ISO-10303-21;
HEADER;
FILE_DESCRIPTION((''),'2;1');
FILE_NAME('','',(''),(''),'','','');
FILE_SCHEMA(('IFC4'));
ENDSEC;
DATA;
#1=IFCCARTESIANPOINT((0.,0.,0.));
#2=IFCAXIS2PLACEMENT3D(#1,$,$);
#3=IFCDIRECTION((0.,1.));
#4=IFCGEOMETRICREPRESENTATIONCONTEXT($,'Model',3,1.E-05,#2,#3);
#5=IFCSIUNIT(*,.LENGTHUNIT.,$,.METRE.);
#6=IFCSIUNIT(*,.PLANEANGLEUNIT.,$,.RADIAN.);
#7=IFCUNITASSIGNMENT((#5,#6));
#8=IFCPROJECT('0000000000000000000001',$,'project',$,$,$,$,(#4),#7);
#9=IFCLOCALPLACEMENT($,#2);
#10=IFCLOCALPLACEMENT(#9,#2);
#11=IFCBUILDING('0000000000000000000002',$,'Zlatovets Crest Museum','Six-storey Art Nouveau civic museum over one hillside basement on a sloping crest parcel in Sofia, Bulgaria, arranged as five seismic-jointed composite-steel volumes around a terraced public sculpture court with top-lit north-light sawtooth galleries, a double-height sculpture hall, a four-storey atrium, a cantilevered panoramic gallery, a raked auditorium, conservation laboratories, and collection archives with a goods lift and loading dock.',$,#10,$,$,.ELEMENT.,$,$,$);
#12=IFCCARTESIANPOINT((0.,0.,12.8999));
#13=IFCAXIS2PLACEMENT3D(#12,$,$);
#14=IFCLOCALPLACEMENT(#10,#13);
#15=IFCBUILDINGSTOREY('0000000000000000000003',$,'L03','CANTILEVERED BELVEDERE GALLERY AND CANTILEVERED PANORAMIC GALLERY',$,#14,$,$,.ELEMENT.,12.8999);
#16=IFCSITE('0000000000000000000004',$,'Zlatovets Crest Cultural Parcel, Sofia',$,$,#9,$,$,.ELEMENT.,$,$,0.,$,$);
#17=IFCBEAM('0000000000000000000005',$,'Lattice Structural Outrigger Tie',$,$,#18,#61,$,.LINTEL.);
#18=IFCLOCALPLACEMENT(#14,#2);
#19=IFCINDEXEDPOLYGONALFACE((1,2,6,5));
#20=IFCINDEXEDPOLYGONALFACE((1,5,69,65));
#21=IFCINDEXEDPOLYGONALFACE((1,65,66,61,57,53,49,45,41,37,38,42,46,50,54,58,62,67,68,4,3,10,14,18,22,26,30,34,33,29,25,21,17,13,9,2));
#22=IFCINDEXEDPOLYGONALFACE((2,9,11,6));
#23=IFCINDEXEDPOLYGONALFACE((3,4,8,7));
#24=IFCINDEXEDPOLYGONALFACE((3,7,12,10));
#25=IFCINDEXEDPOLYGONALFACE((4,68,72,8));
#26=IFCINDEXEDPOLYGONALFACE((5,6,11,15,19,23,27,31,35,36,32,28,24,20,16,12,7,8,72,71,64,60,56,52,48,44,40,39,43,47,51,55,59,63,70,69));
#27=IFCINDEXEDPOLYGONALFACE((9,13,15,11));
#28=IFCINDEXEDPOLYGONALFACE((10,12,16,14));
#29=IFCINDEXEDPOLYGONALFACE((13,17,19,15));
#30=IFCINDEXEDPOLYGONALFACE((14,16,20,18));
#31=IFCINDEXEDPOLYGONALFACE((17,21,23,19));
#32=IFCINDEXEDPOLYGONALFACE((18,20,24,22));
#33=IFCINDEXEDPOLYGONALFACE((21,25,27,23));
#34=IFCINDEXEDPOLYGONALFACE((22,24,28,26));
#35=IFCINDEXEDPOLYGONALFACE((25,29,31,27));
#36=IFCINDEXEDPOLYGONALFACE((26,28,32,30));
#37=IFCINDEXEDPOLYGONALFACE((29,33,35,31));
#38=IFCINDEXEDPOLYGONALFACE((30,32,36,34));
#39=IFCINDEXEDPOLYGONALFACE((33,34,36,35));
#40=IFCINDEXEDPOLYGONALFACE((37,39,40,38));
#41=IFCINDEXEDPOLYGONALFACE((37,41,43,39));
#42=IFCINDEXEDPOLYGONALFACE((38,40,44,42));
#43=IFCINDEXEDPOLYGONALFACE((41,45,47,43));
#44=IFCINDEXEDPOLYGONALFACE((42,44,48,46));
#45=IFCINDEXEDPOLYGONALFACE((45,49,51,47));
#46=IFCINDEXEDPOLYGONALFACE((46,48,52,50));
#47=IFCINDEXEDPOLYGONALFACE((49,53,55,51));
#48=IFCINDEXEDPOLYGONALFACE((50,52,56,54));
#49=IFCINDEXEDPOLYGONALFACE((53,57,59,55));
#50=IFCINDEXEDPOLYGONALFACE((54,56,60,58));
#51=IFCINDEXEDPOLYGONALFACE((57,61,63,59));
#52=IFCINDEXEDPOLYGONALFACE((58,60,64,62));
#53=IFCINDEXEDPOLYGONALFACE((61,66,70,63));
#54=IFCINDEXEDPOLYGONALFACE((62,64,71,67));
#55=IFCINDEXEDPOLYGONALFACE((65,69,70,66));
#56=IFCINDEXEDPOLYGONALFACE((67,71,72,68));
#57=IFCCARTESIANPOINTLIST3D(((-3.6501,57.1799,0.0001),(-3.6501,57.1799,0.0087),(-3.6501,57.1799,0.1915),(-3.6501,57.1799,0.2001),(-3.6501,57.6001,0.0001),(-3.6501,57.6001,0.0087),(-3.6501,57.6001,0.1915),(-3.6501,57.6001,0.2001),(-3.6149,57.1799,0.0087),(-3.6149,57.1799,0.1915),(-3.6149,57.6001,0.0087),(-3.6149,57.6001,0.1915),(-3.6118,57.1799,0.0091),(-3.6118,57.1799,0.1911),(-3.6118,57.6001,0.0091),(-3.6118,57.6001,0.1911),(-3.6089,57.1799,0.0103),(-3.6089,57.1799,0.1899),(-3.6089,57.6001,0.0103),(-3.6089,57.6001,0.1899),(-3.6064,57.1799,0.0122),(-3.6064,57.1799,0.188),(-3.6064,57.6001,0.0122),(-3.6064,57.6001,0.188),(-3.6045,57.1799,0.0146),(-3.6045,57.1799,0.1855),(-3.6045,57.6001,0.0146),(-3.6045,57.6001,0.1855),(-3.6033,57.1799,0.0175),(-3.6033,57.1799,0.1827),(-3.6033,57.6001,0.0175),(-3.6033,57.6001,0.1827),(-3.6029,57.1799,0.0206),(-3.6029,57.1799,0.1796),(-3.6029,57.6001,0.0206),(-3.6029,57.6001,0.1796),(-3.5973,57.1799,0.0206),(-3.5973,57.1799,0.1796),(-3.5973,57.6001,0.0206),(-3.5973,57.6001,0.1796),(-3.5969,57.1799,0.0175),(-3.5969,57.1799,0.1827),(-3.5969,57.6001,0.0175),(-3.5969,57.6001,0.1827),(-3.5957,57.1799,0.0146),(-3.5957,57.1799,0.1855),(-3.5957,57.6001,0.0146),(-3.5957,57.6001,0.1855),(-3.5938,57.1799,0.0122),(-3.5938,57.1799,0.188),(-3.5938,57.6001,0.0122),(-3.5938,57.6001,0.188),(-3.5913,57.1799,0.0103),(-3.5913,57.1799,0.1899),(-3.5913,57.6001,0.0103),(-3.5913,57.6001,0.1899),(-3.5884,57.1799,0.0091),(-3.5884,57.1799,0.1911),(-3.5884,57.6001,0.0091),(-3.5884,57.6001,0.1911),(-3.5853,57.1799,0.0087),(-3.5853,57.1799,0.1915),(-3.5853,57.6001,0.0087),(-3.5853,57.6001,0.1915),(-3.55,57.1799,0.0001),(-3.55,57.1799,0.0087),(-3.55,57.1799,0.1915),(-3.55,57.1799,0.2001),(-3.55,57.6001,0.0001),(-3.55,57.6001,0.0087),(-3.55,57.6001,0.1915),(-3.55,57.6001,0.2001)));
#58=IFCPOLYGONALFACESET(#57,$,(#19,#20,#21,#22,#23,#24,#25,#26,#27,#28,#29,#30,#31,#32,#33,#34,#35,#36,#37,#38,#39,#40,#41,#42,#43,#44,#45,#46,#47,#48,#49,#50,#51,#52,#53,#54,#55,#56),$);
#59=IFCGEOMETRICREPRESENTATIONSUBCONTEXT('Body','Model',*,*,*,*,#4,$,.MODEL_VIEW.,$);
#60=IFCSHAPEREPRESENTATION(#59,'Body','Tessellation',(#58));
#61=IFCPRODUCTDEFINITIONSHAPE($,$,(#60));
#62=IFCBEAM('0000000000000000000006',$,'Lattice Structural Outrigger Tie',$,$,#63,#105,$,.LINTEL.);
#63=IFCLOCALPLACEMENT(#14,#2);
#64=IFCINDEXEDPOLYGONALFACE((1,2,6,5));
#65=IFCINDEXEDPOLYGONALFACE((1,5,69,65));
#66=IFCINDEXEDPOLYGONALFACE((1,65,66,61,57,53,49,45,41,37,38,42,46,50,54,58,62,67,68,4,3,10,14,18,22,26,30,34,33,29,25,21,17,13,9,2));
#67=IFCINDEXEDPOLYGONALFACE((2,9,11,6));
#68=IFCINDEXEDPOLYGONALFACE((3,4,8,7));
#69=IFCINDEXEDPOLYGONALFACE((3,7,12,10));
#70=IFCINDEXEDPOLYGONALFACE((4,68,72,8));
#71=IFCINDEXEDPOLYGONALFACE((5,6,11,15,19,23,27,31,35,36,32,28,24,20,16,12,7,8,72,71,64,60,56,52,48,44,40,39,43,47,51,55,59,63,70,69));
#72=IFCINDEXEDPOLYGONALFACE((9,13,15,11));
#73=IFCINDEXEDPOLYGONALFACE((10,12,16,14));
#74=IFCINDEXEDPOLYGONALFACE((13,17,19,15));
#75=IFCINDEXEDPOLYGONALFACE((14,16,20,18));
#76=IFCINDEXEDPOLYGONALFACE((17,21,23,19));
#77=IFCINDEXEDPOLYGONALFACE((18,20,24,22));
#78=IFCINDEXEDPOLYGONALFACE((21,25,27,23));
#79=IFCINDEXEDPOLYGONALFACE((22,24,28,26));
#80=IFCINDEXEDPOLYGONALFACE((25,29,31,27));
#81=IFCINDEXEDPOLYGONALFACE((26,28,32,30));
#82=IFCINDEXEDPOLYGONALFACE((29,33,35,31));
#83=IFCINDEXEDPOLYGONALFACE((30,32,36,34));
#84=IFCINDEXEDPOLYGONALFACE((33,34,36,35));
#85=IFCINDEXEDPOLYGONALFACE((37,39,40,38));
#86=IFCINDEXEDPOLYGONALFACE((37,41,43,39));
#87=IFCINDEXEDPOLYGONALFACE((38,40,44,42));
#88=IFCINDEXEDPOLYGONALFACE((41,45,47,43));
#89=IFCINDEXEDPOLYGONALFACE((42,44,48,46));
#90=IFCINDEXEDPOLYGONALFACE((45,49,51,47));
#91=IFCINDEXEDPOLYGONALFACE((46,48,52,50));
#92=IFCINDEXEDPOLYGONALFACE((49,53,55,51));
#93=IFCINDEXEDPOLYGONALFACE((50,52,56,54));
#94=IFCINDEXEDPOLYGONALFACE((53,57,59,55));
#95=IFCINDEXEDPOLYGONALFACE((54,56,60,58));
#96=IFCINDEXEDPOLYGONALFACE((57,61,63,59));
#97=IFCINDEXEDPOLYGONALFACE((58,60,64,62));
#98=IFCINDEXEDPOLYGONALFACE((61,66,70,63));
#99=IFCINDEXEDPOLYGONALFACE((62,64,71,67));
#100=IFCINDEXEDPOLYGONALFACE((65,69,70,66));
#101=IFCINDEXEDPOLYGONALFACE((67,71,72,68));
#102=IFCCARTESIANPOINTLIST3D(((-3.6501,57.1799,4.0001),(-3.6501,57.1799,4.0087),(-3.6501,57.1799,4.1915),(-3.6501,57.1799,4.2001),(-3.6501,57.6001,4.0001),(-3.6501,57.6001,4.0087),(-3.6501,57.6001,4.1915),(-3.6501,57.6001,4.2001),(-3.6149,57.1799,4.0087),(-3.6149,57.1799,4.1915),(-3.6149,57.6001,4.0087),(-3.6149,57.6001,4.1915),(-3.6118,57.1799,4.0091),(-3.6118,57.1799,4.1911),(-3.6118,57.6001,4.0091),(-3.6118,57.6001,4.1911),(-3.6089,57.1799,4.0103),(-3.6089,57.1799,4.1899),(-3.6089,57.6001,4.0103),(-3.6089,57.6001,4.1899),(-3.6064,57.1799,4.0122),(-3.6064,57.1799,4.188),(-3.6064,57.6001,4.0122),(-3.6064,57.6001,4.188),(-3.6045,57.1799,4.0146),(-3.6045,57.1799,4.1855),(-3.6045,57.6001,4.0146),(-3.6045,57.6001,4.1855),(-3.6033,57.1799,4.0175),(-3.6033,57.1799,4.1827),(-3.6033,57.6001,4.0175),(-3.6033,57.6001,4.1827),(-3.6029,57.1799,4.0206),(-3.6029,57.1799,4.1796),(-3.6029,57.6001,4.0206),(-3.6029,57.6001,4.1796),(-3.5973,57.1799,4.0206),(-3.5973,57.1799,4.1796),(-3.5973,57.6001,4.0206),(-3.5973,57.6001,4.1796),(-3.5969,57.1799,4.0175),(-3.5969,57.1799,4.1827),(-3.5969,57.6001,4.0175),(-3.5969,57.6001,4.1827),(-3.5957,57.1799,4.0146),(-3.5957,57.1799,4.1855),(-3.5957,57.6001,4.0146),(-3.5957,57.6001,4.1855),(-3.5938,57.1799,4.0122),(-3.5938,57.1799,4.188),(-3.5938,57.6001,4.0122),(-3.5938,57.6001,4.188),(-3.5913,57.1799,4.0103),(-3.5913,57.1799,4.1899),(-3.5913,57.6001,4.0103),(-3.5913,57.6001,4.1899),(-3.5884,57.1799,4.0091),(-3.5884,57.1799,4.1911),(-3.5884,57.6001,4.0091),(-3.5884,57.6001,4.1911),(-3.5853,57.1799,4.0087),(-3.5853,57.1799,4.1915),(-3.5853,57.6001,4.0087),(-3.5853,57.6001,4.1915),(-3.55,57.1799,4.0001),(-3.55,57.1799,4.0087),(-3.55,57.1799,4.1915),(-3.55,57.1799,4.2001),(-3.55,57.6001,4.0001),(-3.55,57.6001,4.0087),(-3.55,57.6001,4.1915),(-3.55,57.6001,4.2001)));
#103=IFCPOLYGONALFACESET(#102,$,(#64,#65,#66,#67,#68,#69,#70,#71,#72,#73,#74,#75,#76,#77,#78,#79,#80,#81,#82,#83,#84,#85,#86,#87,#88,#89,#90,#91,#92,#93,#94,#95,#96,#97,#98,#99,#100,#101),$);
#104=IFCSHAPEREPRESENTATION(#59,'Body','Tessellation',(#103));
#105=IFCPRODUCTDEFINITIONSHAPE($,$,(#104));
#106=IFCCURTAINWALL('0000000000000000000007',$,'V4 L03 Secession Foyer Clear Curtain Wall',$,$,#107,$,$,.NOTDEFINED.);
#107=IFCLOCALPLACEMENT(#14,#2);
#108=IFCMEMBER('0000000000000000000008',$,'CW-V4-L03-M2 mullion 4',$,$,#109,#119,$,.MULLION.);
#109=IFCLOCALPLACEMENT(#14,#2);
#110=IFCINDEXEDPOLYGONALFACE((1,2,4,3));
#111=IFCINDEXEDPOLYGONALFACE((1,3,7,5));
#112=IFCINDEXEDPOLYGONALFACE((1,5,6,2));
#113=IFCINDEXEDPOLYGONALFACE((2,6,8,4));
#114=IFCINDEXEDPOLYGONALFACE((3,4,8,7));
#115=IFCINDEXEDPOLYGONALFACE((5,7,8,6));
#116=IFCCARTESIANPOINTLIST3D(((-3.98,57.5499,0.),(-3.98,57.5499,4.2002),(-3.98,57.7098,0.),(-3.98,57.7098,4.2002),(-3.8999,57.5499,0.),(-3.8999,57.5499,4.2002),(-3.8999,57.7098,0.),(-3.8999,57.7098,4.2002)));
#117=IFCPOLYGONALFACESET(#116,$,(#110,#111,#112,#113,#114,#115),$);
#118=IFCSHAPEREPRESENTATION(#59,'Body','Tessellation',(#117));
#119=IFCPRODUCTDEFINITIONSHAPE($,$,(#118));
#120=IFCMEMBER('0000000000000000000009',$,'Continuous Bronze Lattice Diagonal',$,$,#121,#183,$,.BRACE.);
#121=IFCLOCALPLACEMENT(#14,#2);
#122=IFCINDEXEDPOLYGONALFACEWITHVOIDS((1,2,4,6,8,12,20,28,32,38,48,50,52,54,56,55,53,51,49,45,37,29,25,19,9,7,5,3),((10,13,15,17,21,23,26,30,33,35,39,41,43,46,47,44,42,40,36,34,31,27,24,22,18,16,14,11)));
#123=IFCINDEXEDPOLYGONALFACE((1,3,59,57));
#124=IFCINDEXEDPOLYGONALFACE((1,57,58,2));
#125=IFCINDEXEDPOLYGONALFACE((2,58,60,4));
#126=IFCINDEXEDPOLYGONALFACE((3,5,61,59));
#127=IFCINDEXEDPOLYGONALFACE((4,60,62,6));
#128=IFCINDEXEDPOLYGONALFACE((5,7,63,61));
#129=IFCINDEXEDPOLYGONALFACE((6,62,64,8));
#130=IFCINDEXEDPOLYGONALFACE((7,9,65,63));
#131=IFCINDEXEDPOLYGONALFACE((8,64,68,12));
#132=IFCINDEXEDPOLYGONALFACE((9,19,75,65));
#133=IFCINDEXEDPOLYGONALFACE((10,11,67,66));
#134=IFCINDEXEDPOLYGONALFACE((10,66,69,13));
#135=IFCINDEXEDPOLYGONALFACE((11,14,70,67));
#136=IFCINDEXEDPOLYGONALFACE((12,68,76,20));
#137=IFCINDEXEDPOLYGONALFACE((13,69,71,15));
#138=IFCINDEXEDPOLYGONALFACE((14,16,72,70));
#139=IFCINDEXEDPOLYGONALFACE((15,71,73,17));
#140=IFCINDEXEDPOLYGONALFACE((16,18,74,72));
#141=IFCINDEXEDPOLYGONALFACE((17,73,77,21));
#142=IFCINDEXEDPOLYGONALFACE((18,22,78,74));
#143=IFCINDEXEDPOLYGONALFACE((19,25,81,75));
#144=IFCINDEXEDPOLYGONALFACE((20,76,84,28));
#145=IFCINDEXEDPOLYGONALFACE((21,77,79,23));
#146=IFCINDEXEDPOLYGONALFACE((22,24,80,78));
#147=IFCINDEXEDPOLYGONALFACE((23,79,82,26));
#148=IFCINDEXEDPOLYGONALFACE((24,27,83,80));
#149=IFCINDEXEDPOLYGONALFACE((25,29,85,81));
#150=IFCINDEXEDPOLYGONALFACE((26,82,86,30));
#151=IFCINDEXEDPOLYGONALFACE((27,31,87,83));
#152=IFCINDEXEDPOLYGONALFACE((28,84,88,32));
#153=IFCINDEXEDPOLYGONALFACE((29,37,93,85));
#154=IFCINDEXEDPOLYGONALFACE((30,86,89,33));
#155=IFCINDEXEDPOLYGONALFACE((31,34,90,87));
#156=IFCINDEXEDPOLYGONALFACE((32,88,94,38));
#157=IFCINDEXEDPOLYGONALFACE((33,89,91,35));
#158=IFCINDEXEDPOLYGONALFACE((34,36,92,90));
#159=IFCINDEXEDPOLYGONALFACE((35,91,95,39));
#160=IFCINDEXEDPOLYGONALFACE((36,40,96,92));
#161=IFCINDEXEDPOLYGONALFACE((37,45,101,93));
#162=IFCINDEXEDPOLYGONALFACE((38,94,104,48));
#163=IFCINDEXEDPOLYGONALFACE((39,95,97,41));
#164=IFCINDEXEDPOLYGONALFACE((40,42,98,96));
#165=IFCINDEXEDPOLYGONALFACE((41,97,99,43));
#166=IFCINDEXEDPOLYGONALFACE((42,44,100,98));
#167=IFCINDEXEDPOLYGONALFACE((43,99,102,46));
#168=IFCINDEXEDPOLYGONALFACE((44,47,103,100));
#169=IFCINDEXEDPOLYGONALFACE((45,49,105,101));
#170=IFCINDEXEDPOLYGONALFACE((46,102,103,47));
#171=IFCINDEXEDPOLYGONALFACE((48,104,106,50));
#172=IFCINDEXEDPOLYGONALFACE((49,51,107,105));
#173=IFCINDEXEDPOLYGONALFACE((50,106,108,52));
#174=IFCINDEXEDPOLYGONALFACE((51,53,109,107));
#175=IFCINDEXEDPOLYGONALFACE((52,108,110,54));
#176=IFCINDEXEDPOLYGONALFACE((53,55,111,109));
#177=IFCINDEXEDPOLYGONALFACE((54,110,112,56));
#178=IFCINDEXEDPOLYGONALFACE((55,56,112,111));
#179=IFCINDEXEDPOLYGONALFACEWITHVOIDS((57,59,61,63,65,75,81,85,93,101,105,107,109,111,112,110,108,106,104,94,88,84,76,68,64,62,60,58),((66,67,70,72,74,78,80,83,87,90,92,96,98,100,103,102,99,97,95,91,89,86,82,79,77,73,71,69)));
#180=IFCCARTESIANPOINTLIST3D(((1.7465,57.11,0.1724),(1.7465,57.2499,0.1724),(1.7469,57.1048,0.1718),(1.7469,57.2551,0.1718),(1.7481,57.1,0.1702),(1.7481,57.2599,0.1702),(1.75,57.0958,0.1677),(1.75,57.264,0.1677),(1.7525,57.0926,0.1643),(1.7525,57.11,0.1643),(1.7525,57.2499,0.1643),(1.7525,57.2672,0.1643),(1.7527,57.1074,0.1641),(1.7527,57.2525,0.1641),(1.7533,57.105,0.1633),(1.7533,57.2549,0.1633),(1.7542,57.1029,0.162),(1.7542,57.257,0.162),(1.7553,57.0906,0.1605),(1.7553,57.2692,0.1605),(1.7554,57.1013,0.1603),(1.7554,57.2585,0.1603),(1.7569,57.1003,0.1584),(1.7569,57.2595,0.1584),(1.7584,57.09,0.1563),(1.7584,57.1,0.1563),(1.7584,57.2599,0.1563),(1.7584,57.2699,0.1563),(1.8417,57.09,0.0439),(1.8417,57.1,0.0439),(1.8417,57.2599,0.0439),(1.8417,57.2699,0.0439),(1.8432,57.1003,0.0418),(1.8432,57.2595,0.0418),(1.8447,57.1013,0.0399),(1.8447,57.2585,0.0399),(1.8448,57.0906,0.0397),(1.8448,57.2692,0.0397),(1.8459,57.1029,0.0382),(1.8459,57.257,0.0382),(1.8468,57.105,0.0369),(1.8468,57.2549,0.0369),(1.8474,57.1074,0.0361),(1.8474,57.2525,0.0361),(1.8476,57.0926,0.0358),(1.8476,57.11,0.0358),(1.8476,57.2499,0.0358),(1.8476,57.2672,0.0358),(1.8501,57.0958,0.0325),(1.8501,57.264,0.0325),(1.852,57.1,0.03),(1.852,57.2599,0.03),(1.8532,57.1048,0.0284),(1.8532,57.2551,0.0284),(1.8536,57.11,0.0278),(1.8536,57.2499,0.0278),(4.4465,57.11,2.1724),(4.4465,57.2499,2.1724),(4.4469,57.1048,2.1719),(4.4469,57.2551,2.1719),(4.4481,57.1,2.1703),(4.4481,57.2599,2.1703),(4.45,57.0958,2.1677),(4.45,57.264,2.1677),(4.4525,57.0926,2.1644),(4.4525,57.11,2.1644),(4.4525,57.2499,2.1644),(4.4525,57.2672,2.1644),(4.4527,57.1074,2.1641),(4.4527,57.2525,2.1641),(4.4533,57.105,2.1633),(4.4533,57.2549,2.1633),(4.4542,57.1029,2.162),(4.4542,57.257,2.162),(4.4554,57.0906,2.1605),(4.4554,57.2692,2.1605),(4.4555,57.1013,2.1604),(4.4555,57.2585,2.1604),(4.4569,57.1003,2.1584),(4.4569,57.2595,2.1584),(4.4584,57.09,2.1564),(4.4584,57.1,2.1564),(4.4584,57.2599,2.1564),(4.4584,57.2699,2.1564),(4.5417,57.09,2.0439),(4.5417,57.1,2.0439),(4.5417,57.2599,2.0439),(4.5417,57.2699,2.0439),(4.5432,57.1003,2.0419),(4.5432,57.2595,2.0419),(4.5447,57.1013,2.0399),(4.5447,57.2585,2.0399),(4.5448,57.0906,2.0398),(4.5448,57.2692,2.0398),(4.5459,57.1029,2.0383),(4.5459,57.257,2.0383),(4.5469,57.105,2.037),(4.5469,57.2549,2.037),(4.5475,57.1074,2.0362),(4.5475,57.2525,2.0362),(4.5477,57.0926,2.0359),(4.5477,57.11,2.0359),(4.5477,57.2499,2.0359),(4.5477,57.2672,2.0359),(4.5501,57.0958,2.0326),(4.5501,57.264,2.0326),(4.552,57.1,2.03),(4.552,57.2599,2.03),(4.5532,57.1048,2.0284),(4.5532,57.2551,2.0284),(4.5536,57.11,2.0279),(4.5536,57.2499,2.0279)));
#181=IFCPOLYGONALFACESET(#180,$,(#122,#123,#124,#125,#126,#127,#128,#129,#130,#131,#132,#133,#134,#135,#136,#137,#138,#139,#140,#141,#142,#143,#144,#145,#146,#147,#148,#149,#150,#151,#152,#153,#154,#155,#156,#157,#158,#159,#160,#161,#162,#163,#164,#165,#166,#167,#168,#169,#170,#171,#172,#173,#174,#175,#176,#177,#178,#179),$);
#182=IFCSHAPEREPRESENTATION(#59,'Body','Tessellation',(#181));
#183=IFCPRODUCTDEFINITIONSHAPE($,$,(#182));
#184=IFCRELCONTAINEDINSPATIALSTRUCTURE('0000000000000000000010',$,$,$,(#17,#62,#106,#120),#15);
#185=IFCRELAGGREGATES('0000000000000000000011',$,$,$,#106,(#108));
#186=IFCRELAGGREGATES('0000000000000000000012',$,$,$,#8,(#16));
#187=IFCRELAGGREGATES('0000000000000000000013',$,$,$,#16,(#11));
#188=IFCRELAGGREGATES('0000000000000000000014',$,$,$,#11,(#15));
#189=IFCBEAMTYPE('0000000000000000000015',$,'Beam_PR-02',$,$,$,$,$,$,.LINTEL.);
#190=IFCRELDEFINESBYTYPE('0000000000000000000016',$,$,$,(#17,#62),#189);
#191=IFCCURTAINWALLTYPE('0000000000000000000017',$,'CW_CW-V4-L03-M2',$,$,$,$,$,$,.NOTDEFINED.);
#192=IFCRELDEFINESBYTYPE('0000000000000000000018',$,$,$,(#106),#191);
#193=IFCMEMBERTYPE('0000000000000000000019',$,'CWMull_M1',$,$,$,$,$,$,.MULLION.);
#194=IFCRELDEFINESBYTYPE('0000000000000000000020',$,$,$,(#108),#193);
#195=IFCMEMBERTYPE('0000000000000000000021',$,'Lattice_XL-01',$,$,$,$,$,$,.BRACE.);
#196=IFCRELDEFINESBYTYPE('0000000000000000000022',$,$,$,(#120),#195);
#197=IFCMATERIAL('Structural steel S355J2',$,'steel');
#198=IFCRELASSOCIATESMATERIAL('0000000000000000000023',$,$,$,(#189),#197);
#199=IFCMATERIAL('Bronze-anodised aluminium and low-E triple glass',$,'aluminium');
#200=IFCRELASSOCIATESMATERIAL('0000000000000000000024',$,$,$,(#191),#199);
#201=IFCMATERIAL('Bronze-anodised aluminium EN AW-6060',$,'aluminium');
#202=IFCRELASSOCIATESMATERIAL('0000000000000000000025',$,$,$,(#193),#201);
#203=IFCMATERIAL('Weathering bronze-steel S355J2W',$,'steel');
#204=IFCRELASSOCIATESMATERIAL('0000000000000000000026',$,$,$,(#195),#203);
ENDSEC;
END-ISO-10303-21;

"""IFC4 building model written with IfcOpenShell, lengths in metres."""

from ifc_helpers import new_model, si_unit, direction, frame, origin, origin_2d, place, context, subcontext, project, spatial, rectangle, hollow_rectangle, i_section, extrude, material, material_profile, profile_set, type_object, element, aggregate, save


model = new_model("IFC4")

# Units and contexts
model_context = context("Model", 3, precision=1e-05, world=origin(), true_north=direction((0.0, 1.0)))
body_context = subcontext(model_context, "Body", "Model", "MODEL_VIEW")
ifc_project = project(units=[si_unit("LENGTHUNIT", "METRE"), si_unit("PLANEANGLEUNIT", "RADIAN")], contexts=[model_context])

# Site, building, storey
site_placement = place(None, origin())
site = spatial("IfcSite", under=ifc_project, at=site_placement, Name="Zlatovets Crest Cultural Parcel, Sofia", CompositionType="ELEMENT", RefElevation=0.0)
building_placement = place(site_placement, origin())
building = spatial("IfcBuilding", under=site, at=building_placement, Name="Zlatovets Crest Museum", Description="Six-storey Art Nouveau civic museum over one hillside basement on a sloping crest parcel in Sofia, Bulgaria, arranged as five seismic-jointed composite-steel volumes around a terraced public sculpture court with top-lit north-light sawtooth galleries, a double-height sculpture hall, a four-storey atrium, a cantilevered panoramic gallery, a raked auditorium, conservation laboratories, and collection archives with a goods lift and loading dock.", CompositionType="ELEMENT")
storey_placement = place(building_placement, frame((0.0, 0.0, 12.8999)))
storey = spatial("IfcBuildingStorey", under=building, at=storey_placement, Name="L03", Description="CANTILEVERED BELVEDERE GALLERY AND CANTILEVERED PANORAMIC GALLERY", CompositionType="ELEMENT", Elevation=12.8999)

# Beams
ifc_material_1 = material(Name="Structural steel S355J2", Category="steel")
ifc_material_profile_1 = material_profile(ifc_material_1, i_section(OverallWidth=0.1001, OverallDepth=0.2, WebThickness=0.0056, FlangeThickness=0.0085, FilletRadius=0.012, at=origin_2d()), Name="IPE 200")
ifc_profile_set_1 = profile_set([ifc_material_profile_1], Name="Structural steel S355J2")
beam_type_1 = type_object("IfcBeamType", Name="Beam_PR-02", PredefinedType="LINTEL", material=ifc_profile_set_1)
for number, where, z_axis, x_axis, name in (
    (1, (-3.6001, 57.6001, 0.1001), (0.0, -1.0, 0.0), (1.0, 0.0, 0.0), "Lattice Structural Outrigger Tie"),
    (2, (-3.6001, 57.6001, 4.1001), (0.0, -1.0, 0.0), (1.0, 0.0, 0.0), "Lattice Structural Outrigger Tie"),
):
    element("IfcBeam", number, at=place(storey_placement, frame(where, z_axis=z_axis, x_axis=x_axis)), inside=storey, type_object=beam_type_1, Name=name, PredefinedType="LINTEL", context=body_context, shape_type="SweptSolid", body=[
        extrude(i_section(OverallWidth=0.1001, OverallDepth=0.2, WebThickness=0.0056, FlangeThickness=0.0085, FilletRadius=0.012, at=origin_2d()), origin(), (0.0, 0.0, 1.0), 0.4202),
    ])

# Curtain wall, member
ifc_material_2 = material(Name="Bronze-anodised aluminium and low-E triple glass", Category="aluminium")
curtain_wall_type = type_object("IfcCurtainWallType", Name="CW_CW-V4-L03-M2", PredefinedType="NOTDEFINED", material=ifc_material_2)
curtain_wall_placement = place(storey_placement, origin())
curtain_wall = element("IfcCurtainWall", 3, at=curtain_wall_placement, inside=storey, type_object=curtain_wall_type, Name="V4 L03 Secession Foyer Clear Curtain Wall", PredefinedType="NOTDEFINED")
ifc_material_3 = material(Name="Bronze-anodised aluminium EN AW-6060", Category="aluminium")
ifc_material_profile_2 = material_profile(ifc_material_3, rectangle(XDim=0.0801, YDim=0.1599, at=origin_2d()), Name="ALU 80x160")
ifc_profile_set_2 = profile_set([ifc_material_profile_2], Name="Bronze-anodised aluminium EN AW-6060")
member_type_1 = type_object("IfcMemberType", Name="CWMull_M1", PredefinedType="MULLION", material=ifc_profile_set_2)
member_1_placement = place(storey_placement, frame((-3.9399, 57.6299, 0.0), z_axis=(0.0, 0.0, 1.0), x_axis=(1.0, 0.0, 0.0)))
member_1 = element("IfcMember", 4, at=member_1_placement, type_object=member_type_1, Name="CW-V4-L03-M2 mullion 4", PredefinedType="MULLION", context=body_context, shape_type="SweptSolid", body=[
    extrude(rectangle(XDim=0.0801, YDim=0.1599, at=origin_2d()), origin(), (0.0, 0.0, 1.0), 4.2002),
])

# Member
ifc_material_4 = material(Name="Weathering bronze-steel S355J2W", Category="steel")
ifc_material_profile_3 = material_profile(ifc_material_4, hollow_rectangle(XDim=0.1799, YDim=0.1799, WallThickness=0.01, InnerFilletRadius=0.01, OuterFilletRadius=0.02, at=origin_2d()), Name="SHS 180x180x10.0")
ifc_profile_set_3 = profile_set([ifc_material_profile_3], Name="Weathering bronze-steel S355J2W")
member_type_2 = type_object("IfcMemberType", Name="Lattice_XL-01", PredefinedType="BRACE", material=ifc_profile_set_3)
member_2_placement = place(storey_placement, frame((1.8, 57.1799, 0.1001), z_axis=(0.803552, 0.0, 0.595235), x_axis=(0.0, 1.0, 0.0)))
element("IfcMember", 5, at=member_2_placement, inside=storey, type_object=member_type_2, Name="Continuous Bronze Lattice Diagonal", PredefinedType="BRACE", context=body_context, shape_type="SweptSolid", body=[
    extrude(hollow_rectangle(XDim=0.1799, YDim=0.1799, WallThickness=0.01, InnerFilletRadius=0.01, OuterFilletRadius=0.02, at=origin_2d()), origin(), (0.0, 0.0, 1.0), 3.3601),
])

aggregate(curtain_wall, [member_1])

save(model, "model.ifc")
